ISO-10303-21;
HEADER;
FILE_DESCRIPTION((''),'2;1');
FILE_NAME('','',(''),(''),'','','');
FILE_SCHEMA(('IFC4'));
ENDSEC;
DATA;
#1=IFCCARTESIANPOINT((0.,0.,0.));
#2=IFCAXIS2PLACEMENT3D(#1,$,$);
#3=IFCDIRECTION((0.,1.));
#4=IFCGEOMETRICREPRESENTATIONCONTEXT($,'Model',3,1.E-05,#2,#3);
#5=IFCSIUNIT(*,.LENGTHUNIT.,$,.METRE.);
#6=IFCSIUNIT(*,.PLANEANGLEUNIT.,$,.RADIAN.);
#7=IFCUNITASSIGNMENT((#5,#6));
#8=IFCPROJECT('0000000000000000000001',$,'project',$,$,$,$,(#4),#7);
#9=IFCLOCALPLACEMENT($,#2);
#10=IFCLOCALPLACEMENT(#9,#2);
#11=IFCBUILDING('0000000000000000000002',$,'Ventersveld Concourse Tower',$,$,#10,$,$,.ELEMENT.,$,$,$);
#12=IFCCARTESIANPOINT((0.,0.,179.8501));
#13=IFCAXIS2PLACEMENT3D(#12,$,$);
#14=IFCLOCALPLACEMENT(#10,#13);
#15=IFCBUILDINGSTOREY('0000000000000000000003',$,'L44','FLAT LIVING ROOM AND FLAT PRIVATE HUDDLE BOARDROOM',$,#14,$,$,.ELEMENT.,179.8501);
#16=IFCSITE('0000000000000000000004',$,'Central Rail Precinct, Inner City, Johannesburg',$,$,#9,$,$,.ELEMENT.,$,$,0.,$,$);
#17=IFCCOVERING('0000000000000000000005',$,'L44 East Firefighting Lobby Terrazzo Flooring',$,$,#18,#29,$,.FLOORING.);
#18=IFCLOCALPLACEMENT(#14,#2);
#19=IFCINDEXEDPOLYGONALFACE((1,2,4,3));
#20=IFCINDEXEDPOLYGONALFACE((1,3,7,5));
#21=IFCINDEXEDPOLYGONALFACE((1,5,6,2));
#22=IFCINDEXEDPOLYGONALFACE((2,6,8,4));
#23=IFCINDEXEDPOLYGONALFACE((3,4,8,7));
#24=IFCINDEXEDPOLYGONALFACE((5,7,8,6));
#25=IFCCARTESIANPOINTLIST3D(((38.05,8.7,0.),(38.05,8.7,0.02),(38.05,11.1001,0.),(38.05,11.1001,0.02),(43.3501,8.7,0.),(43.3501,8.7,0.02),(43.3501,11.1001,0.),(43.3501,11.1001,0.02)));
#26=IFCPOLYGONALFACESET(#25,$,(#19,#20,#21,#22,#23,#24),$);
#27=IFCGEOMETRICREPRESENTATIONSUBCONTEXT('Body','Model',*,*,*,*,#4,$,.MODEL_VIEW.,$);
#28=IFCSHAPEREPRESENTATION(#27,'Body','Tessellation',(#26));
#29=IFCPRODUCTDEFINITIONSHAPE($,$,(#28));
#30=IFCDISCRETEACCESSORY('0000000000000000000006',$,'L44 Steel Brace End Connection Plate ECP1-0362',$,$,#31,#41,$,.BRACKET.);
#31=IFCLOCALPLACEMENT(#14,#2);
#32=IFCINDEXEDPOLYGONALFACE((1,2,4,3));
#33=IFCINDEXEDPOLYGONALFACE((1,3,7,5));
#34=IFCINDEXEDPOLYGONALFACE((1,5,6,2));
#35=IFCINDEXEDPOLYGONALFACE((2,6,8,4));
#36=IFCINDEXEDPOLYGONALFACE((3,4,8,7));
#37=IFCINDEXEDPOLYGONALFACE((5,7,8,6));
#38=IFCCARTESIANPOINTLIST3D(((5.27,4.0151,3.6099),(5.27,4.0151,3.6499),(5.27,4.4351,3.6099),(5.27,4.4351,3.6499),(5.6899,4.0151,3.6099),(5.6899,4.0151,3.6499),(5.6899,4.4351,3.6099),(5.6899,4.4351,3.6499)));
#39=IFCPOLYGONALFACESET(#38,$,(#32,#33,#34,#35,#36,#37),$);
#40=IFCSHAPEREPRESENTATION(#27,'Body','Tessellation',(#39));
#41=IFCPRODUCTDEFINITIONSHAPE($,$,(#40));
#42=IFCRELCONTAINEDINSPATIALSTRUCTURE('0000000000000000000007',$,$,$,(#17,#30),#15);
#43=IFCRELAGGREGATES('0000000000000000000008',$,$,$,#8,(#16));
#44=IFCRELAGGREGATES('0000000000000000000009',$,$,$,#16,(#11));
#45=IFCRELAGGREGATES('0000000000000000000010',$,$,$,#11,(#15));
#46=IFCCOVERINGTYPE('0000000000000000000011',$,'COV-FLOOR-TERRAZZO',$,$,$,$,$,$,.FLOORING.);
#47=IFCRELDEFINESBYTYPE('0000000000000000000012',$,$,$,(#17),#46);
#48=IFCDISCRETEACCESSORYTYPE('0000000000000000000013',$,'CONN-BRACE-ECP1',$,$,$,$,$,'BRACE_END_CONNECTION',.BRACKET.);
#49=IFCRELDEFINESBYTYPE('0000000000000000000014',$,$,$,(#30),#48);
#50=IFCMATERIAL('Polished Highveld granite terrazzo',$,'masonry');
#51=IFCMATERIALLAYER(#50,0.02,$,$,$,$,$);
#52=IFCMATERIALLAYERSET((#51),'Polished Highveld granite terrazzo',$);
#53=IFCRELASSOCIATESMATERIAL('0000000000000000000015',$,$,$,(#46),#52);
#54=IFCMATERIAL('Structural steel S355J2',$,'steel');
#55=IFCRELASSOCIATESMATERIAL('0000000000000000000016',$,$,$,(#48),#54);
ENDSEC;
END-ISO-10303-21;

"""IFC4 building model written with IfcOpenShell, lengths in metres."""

from ifc_helpers import new_model, si_unit, direction, frame, origin, origin_2d, place, context, subcontext, project, spatial, polyline, rectangle, outline, extrude, material, layer, layer_set, type_object, element, save


model = new_model("IFC4")

# Units and contexts
model_context = context("Model", 3, precision=1e-05, world=origin(), true_north=direction((0.0, 1.0)))
body_context = subcontext(model_context, "Body", "Model", "MODEL_VIEW")
ifc_project = project(units=[si_unit("LENGTHUNIT", "METRE"), si_unit("PLANEANGLEUNIT", "RADIAN")], contexts=[model_context])

# Site, building, storey
site_placement = place(None, origin())
site = spatial("IfcSite", under=ifc_project, at=site_placement, Name="Central Rail Precinct, Inner City, Johannesburg", CompositionType="ELEMENT", RefElevation=0.0)
building_placement = place(site_placement, origin())
building = spatial("IfcBuilding", under=site, at=building_placement, Name="Ventersveld Concourse Tower", CompositionType="ELEMENT")
storey_placement = place(building_placement, frame((0.0, 0.0, 179.8501)))
storey = spatial("IfcBuildingStorey", under=building, at=storey_placement, Name="L44", Description="FLAT LIVING ROOM AND FLAT PRIVATE HUDDLE BOARDROOM", CompositionType="ELEMENT", Elevation=179.8501)

# Shared definitions
ifc_material_1 = material(Name="Structural steel S355J2", Category="steel")

# Covering
ifc_material_2 = material(Name="Polished Highveld granite terrazzo", Category="masonry")
ifc_layer_1 = layer(ifc_material_2, 0.02)
ifc_layer_set_1 = layer_set([ifc_layer_1], Name="Polished Highveld granite terrazzo")
covering_type_1 = type_object("IfcCoveringType", Name="COV-FLOOR-TERRAZZO", PredefinedType="FLOORING", material=ifc_layer_set_1)
covering_1_placement = place(storey_placement, origin())
element("IfcCovering", 1, at=covering_1_placement, inside=storey, type_object=covering_type_1, Name="L44 East Firefighting Lobby Terrazzo Flooring", PredefinedType="FLOORING", context=body_context, shape_type="SweptSolid", body=[
    extrude(outline(polyline([(38.05, 8.7), (43.3501, 8.7), (43.3501, 11.1001), (38.05, 11.1001), (38.05, 8.7)])), origin(), (0.0, 0.0, 1.0), 0.02),
])

# Discrete accessory
discrete_accessory_type = type_object("IfcDiscreteAccessoryType", Name="CONN-BRACE-ECP1", ElementType="BRACE_END_CONNECTION", PredefinedType="BRACKET", material=ifc_material_1)
discrete_accessory_placement = place(storey_placement, frame((5.48, 4.2251, 3.6099), z_axis=(0.0, 0.0, 1.0), x_axis=(1.0, 0.0, 0.0)))
element("IfcDiscreteAccessory", 2, at=discrete_accessory_placement, inside=storey, type_object=discrete_accessory_type, Name="L44 Steel Brace End Connection Plate ECP1-0362", PredefinedType="BRACKET", context=body_context, shape_type="SweptSolid", body=[
    extrude(rectangle(XDim=0.4199, YDim=0.4199, at=origin_2d()), origin(), (0.0, 0.0, 1.0), 0.04),
])

save(model, "model.ifc")
